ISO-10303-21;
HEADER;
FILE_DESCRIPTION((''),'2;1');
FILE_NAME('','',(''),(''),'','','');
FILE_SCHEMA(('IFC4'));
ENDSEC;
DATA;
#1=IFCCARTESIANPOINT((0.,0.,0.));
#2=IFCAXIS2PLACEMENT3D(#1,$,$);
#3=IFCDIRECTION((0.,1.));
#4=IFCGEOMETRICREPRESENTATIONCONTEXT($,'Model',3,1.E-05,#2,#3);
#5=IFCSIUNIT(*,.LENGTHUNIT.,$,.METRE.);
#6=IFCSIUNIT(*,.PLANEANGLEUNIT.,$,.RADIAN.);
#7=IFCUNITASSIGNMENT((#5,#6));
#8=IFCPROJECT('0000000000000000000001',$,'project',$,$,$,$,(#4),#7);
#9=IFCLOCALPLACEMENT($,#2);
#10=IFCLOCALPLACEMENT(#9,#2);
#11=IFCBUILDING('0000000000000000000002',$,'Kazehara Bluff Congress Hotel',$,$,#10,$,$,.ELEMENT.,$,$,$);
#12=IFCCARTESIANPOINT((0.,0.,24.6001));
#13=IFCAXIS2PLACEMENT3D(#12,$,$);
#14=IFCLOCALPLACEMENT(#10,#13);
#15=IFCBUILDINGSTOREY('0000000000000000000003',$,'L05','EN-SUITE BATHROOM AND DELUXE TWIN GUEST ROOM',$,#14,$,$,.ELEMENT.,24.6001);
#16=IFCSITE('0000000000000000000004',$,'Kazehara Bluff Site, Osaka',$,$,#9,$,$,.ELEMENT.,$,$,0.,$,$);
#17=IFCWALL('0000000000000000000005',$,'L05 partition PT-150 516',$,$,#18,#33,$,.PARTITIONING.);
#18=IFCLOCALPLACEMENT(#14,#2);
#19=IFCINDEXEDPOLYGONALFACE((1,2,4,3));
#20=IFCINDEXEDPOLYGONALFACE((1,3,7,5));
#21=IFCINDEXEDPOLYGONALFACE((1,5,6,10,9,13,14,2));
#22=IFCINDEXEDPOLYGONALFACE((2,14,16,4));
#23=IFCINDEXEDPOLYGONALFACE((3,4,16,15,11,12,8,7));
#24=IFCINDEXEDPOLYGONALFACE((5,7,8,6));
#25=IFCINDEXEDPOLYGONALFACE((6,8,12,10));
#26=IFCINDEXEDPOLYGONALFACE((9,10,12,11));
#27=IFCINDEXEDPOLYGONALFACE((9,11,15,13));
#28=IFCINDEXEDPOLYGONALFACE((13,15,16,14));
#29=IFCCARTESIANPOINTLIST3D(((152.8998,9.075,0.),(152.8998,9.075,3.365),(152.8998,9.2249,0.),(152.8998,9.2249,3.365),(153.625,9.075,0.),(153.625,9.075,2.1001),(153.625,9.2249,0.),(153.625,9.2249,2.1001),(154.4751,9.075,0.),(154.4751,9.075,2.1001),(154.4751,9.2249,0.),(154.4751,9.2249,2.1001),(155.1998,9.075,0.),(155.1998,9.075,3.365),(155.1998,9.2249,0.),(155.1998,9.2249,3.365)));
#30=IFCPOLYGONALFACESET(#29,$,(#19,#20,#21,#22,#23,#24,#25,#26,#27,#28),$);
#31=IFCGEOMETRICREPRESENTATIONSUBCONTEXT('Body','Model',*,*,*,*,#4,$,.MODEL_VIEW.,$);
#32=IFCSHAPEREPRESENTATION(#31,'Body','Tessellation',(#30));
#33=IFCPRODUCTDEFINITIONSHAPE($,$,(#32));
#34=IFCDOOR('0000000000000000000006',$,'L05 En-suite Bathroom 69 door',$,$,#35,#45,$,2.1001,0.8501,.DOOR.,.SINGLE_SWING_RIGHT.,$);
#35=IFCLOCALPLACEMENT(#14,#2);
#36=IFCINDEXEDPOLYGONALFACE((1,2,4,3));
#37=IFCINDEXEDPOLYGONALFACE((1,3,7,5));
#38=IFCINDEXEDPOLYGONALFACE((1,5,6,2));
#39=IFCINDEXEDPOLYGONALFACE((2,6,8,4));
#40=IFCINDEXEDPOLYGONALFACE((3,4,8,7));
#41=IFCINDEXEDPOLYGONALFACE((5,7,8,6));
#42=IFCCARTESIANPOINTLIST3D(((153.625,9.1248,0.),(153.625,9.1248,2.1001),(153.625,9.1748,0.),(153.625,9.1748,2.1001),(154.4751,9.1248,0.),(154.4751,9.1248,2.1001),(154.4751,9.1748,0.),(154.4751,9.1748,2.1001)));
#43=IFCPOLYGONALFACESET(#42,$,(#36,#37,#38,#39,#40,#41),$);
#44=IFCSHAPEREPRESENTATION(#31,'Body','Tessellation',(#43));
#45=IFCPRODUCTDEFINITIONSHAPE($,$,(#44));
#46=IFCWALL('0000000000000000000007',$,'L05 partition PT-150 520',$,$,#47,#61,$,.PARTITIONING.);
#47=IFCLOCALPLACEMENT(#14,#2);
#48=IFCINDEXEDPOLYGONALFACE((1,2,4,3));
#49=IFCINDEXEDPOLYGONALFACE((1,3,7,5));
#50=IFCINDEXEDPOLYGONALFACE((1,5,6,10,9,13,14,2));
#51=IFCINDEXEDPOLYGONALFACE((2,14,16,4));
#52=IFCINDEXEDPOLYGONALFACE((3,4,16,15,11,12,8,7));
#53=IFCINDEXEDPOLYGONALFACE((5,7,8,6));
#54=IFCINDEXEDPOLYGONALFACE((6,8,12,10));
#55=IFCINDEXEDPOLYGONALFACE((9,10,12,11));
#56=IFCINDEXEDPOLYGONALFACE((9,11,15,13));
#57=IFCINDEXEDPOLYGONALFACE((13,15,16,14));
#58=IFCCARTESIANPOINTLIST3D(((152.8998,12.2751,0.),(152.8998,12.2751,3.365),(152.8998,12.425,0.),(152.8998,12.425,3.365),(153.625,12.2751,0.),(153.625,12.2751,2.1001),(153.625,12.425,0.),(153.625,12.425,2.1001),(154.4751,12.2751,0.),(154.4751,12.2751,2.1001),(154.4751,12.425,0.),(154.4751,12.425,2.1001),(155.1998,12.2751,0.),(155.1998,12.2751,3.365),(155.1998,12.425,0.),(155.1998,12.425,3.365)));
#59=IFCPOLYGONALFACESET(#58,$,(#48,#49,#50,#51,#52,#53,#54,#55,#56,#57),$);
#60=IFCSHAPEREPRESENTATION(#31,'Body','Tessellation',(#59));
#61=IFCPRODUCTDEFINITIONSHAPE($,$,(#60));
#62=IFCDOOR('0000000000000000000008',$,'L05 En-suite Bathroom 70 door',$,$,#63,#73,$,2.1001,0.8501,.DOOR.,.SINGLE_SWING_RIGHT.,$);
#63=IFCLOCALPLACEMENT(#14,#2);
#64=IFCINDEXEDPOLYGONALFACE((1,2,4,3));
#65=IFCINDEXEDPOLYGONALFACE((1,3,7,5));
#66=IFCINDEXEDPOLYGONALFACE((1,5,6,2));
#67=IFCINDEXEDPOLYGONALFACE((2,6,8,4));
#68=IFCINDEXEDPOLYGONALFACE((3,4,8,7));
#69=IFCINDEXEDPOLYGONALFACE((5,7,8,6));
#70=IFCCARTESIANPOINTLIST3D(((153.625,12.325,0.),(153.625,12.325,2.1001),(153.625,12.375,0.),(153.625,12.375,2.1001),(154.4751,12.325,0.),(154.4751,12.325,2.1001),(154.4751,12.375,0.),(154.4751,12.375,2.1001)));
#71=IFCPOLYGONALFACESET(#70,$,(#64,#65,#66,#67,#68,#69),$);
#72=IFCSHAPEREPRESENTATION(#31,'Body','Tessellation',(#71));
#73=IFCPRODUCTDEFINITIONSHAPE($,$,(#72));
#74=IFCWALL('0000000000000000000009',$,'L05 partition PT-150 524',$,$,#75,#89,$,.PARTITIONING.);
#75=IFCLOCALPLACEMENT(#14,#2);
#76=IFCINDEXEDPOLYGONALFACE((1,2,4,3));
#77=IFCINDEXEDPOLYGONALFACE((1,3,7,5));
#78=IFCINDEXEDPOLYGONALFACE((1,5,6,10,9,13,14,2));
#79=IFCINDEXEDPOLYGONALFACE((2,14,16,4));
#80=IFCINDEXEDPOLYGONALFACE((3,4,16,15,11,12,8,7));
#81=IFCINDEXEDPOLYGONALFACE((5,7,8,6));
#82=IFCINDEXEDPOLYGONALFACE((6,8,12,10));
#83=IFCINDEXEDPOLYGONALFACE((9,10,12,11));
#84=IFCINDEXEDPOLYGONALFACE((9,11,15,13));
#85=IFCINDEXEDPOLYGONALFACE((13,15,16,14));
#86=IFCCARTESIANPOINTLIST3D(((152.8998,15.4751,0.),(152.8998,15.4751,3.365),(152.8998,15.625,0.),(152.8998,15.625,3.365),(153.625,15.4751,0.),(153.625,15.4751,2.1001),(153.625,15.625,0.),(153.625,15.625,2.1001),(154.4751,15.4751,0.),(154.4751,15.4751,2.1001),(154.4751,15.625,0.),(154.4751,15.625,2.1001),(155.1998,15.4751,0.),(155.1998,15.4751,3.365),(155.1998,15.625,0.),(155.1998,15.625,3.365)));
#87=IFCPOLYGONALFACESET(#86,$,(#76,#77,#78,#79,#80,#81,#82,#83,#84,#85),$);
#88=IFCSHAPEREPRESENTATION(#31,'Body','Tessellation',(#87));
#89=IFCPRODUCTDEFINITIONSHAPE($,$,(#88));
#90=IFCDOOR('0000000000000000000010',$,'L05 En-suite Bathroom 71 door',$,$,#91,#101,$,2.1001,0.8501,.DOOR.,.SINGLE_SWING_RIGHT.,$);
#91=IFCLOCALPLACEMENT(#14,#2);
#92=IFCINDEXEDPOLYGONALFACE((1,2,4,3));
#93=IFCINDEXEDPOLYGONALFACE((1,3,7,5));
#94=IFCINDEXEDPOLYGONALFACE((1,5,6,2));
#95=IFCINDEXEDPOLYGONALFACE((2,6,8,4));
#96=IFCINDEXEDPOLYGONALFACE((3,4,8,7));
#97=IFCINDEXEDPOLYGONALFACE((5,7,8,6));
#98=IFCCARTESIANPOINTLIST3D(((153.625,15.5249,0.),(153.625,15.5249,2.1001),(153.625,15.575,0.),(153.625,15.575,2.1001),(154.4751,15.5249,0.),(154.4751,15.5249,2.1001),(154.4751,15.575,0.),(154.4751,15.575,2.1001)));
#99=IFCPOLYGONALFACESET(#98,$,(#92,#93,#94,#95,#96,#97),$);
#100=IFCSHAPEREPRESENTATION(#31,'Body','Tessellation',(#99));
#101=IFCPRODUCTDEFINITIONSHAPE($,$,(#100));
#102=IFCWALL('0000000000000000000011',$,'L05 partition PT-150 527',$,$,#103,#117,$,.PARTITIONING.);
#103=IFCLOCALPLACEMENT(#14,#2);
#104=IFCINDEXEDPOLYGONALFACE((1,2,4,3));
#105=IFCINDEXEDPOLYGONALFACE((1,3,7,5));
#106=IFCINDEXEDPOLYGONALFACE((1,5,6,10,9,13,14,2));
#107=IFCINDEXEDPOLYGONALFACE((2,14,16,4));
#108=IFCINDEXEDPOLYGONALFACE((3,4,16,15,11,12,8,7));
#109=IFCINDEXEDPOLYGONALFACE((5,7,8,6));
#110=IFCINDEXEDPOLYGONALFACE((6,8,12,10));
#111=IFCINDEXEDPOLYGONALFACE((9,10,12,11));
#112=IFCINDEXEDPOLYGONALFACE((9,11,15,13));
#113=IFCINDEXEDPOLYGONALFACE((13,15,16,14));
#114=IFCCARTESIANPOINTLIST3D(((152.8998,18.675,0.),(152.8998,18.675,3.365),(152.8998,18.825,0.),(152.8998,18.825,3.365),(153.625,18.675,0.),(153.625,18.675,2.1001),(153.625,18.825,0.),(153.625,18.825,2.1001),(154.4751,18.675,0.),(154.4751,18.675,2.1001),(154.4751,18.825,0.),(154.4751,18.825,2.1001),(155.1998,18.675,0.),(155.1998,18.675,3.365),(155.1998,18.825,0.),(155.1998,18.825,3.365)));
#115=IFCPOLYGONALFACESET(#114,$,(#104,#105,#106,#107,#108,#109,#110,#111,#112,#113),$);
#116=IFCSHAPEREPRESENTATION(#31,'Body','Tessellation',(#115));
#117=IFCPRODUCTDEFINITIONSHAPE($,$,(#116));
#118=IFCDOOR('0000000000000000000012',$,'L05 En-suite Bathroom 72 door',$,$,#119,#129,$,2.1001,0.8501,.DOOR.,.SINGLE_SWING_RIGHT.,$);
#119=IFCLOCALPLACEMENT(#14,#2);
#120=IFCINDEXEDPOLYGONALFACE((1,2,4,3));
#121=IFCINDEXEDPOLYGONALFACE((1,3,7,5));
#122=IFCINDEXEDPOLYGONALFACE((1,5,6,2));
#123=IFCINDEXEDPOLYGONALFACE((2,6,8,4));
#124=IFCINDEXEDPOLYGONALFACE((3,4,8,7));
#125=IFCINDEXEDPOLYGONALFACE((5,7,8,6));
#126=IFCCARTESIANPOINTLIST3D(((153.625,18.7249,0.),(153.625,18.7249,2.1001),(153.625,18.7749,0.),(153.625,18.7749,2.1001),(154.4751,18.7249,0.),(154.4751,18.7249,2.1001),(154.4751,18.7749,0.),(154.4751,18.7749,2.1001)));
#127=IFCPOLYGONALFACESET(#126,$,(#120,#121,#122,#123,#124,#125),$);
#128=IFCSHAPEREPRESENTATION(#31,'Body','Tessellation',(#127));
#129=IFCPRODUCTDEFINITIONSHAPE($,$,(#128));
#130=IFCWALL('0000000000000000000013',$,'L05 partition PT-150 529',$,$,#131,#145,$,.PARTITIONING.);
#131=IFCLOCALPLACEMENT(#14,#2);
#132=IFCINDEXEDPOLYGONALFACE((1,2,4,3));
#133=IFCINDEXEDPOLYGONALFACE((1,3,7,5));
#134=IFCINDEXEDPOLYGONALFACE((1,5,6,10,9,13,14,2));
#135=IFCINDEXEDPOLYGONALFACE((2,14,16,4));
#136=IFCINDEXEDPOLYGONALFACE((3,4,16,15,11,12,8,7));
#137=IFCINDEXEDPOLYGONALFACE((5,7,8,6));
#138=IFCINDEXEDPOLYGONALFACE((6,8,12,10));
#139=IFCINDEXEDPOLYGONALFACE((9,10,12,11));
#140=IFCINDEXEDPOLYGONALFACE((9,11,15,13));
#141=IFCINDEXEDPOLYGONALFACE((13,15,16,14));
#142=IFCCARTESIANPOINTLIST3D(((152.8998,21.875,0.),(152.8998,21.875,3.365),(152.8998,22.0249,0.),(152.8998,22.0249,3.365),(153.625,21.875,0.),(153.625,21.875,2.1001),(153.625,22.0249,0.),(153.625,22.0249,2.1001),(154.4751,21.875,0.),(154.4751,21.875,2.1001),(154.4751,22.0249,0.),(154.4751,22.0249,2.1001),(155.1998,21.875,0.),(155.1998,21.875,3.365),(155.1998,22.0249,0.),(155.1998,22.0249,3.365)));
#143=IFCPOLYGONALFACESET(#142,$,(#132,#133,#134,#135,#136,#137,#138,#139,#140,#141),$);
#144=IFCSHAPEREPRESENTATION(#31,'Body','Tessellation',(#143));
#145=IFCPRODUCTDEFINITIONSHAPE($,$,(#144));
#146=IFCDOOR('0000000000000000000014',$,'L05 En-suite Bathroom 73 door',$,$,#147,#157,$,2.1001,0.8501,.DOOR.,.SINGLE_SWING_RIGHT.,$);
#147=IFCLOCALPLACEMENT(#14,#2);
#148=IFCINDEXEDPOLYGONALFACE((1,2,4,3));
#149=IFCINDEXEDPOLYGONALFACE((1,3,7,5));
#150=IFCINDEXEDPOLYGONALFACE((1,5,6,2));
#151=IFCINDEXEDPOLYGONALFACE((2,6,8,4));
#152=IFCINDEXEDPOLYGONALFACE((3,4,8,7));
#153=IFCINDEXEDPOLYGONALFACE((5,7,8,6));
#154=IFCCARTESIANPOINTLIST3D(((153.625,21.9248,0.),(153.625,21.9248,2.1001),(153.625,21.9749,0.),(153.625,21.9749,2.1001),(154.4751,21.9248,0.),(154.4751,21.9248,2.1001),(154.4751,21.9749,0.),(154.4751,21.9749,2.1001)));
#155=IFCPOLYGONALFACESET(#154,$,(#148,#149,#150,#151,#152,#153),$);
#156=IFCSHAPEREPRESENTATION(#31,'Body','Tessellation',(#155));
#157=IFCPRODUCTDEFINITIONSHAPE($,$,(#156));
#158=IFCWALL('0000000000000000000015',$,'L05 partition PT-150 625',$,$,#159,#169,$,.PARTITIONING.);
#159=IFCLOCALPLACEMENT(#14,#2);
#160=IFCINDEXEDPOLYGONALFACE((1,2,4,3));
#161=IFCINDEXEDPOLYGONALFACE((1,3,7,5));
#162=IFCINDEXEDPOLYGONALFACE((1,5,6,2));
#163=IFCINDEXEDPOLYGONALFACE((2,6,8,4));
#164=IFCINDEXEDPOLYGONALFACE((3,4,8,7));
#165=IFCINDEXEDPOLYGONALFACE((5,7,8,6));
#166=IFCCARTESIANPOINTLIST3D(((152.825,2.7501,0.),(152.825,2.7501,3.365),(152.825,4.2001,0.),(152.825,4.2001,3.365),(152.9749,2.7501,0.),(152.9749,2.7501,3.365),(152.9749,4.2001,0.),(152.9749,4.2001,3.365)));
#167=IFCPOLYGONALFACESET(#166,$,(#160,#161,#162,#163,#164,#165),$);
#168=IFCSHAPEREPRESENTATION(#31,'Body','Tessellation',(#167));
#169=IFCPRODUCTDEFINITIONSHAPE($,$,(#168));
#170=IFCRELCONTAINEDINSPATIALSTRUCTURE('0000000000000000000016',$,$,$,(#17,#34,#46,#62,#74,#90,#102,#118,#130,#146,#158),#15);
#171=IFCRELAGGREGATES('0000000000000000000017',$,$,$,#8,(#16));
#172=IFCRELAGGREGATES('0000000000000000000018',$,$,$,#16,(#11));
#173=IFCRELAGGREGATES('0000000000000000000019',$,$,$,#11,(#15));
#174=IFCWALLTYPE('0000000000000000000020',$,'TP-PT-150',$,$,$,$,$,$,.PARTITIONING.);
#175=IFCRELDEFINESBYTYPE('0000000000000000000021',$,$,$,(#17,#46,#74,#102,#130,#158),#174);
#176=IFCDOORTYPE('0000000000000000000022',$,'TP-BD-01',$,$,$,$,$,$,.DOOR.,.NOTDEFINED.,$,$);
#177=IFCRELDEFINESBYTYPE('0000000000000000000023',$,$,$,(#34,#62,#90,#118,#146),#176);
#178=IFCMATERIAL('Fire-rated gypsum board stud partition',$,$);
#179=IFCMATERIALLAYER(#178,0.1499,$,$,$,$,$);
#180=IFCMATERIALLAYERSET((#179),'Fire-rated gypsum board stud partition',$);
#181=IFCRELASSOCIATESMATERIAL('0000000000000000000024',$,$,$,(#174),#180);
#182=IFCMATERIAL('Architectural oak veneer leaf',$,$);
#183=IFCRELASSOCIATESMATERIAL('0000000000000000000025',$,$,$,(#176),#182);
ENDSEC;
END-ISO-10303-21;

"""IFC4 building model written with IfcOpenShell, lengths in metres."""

from ifc_helpers import new_model, si_unit, direction, frame, frame_2d, origin, place, context, subcontext, project, spatial, rectangle, extrude, material, layer, layer_set, type_object, element, fill, save


model = new_model("IFC4")

# Units and contexts
model_context = context("Model", 3, precision=1e-05, world=origin(), true_north=direction((0.0, 1.0)))
body_context = subcontext(model_context, "Body", "Model", "MODEL_VIEW")
ifc_project = project(units=[si_unit("LENGTHUNIT", "METRE"), si_unit("PLANEANGLEUNIT", "RADIAN")], contexts=[model_context])

# Site, building, storey
site_placement = place(None, origin())
site = spatial("IfcSite", under=ifc_project, at=site_placement, Name="Kazehara Bluff Site, Osaka", CompositionType="ELEMENT", RefElevation=0.0)
building_placement = place(site_placement, origin())
building = spatial("IfcBuilding", under=site, at=building_placement, Name="Kazehara Bluff Congress Hotel", CompositionType="ELEMENT")
storey_placement = place(building_placement, frame((0.0, 0.0, 24.6001)))
storey = spatial("IfcBuildingStorey", under=building, at=storey_placement, Name="L05", Description="EN-SUITE BATHROOM AND DELUXE TWIN GUEST ROOM", CompositionType="ELEMENT", Elevation=24.6001)

# Walls, openings, doors
ifc_material_1 = material(Name="Fire-rated gypsum board stud partition")
ifc_layer_1 = layer(ifc_material_1, 0.1499)
ifc_layer_set_1 = layer_set([ifc_layer_1], Name="Fire-rated gypsum board stud partition")
wall_type = type_object("IfcWallType", Name="TP-PT-150", PredefinedType="PARTITIONING", material=ifc_layer_set_1)
ifc_material_2 = material(Name="Architectural oak veneer leaf")
door_type = type_object("IfcDoorType", Name="TP-BD-01", OperationType="NOTDEFINED", PredefinedType="DOOR", material=ifc_material_2)
wall_1_placement = place(storey_placement, frame((152.8999, 9.1499, 0.0), z_axis=(0.0, 0.0, 1.0), x_axis=(1.0, 0.0, 0.0)))
wall_1 = element("IfcWall", 1, at=wall_1_placement, inside=storey, type_object=wall_type, Name="L05 partition PT-150 516", PredefinedType="PARTITIONING", context=body_context, shape_type="SweptSolid", body=[
    extrude(rectangle(XDim=2.3, YDim=0.1499, at=frame_2d((1.1499, 0.0))), origin(), (0.0, 0.0, 1.0), 3.365),
])
opening_1_placement = place(wall_1_placement, frame((0.7251, 0.0, 0.0)))
opening_1 = element("IfcOpeningElement", 2, at=opening_1_placement, cuts=wall_1, PredefinedType="OPENING", context=body_context, shape_type="SweptSolid", body=[
    extrude(rectangle(XDim=0.8501, YDim=2.1001, at=frame_2d((0.425, 1.05))), frame((0.0, 0.085, 0.0), z_axis=(0.0, -1.0, 0.0), x_axis=(1.0, 0.0, 0.0)), (0.0, 0.0, 1.0), 0.1699),
])
door_1_placement = place(opening_1_placement, origin())
door_1 = element("IfcDoor", 3, at=door_1_placement, inside=storey, type_object=door_type, Name="L05 En-suite Bathroom 69 door", OperationType="SINGLE_SWING_RIGHT", OverallHeight=2.1001, OverallWidth=0.8501, PredefinedType="DOOR", context=body_context, shape_type="SweptSolid", body=[
    extrude(rectangle(XDim=0.8501, YDim=2.1001, at=frame_2d((0.425, 1.05))), frame((0.0, 0.0249, 0.0), z_axis=(0.0, -1.0, 0.0), x_axis=(1.0, 0.0, 0.0)), (0.0, 0.0, 1.0), 0.05),
])
fill(opening_1, door_1)
wall_2_placement = place(storey_placement, frame((152.8999, 12.3501, 0.0), z_axis=(0.0, 0.0, 1.0), x_axis=(1.0, 0.0, 0.0)))
wall_2 = element("IfcWall", 4, at=wall_2_placement, inside=storey, type_object=wall_type, Name="L05 partition PT-150 520", PredefinedType="PARTITIONING", context=body_context, shape_type="SweptSolid", body=[
    extrude(rectangle(XDim=2.3, YDim=0.1499, at=frame_2d((1.1499, 0.0))), origin(), (0.0, 0.0, 1.0), 3.365),
])
opening_2_placement = place(wall_2_placement, frame((0.7251, 0.0, 0.0)))
opening_2 = element("IfcOpeningElement", 5, at=opening_2_placement, cuts=wall_2, PredefinedType="OPENING", context=body_context, shape_type="SweptSolid", body=[
    extrude(rectangle(XDim=0.8501, YDim=2.1001, at=frame_2d((0.425, 1.05))), frame((0.0, 0.085, 0.0), z_axis=(0.0, -1.0, 0.0), x_axis=(1.0, 0.0, 0.0)), (0.0, 0.0, 1.0), 0.1699),
])
door_2_placement = place(opening_2_placement, origin())
door_2 = element("IfcDoor", 6, at=door_2_placement, inside=storey, type_object=door_type, Name="L05 En-suite Bathroom 70 door", OperationType="SINGLE_SWING_RIGHT", OverallHeight=2.1001, OverallWidth=0.8501, PredefinedType="DOOR", context=body_context, shape_type="SweptSolid", body=[
    extrude(rectangle(XDim=0.8501, YDim=2.1001, at=frame_2d((0.425, 1.05))), frame((0.0, 0.0249, 0.0), z_axis=(0.0, -1.0, 0.0), x_axis=(1.0, 0.0, 0.0)), (0.0, 0.0, 1.0), 0.05),
])
fill(opening_2, door_2)
wall_3_placement = place(storey_placement, frame((152.8999, 15.55, 0.0), z_axis=(0.0, 0.0, 1.0), x_axis=(1.0, 0.0, 0.0)))
wall_3 = element("IfcWall", 7, at=wall_3_placement, inside=storey, type_object=wall_type, Name="L05 partition PT-150 524", PredefinedType="PARTITIONING", context=body_context, shape_type="SweptSolid", body=[
    extrude(rectangle(XDim=2.3, YDim=0.1499, at=frame_2d((1.1499, 0.0))), origin(), (0.0, 0.0, 1.0), 3.365),
])
opening_3_placement = place(wall_3_placement, frame((0.7251, 0.0, 0.0)))
opening_3 = element("IfcOpeningElement", 8, at=opening_3_placement, cuts=wall_3, PredefinedType="OPENING", context=body_context, shape_type="SweptSolid", body=[
    extrude(rectangle(XDim=0.8501, YDim=2.1001, at=frame_2d((0.425, 1.05))), frame((0.0, 0.085, 0.0), z_axis=(0.0, -1.0, 0.0), x_axis=(1.0, 0.0, 0.0)), (0.0, 0.0, 1.0), 0.1699),
])
door_3_placement = place(opening_3_placement, origin())
door_3 = element("IfcDoor", 9, at=door_3_placement, inside=storey, type_object=door_type, Name="L05 En-suite Bathroom 71 door", OperationType="SINGLE_SWING_RIGHT", OverallHeight=2.1001, OverallWidth=0.8501, PredefinedType="DOOR", context=body_context, shape_type="SweptSolid", body=[
    extrude(rectangle(XDim=0.8501, YDim=2.1001, at=frame_2d((0.425, 1.05))), frame((0.0, 0.0249, 0.0), z_axis=(0.0, -1.0, 0.0), x_axis=(1.0, 0.0, 0.0)), (0.0, 0.0, 1.0), 0.05),
])
fill(opening_3, door_3)
wall_4_placement = place(storey_placement, frame((152.8999, 18.75, 0.0), z_axis=(0.0, 0.0, 1.0), x_axis=(1.0, 0.0, 0.0)))
wall_4 = element("IfcWall", 10, at=wall_4_placement, inside=storey, type_object=wall_type, Name="L05 partition PT-150 527", PredefinedType="PARTITIONING", context=body_context, shape_type="SweptSolid", body=[
    extrude(rectangle(XDim=2.3, YDim=0.1499, at=frame_2d((1.1499, 0.0))), origin(), (0.0, 0.0, 1.0), 3.365),
])
opening_4_placement = place(wall_4_placement, frame((0.7251, 0.0, 0.0)))
opening_4 = element("IfcOpeningElement", 11, at=opening_4_placement, cuts=wall_4, PredefinedType="OPENING", context=body_context, shape_type="SweptSolid", body=[
    extrude(rectangle(XDim=0.8501, YDim=2.1001, at=frame_2d((0.425, 1.05))), frame((0.0, 0.085, 0.0), z_axis=(0.0, -1.0, 0.0), x_axis=(1.0, 0.0, 0.0)), (0.0, 0.0, 1.0), 0.1699),
])
door_4_placement = place(opening_4_placement, origin())
door_4 = element("IfcDoor", 12, at=door_4_placement, inside=storey, type_object=door_type, Name="L05 En-suite Bathroom 72 door", OperationType="SINGLE_SWING_RIGHT", OverallHeight=2.1001, OverallWidth=0.8501, PredefinedType="DOOR", context=body_context, shape_type="SweptSolid", body=[
    extrude(rectangle(XDim=0.8501, YDim=2.1001, at=frame_2d((0.425, 1.05))), frame((0.0, 0.0249, 0.0), z_axis=(0.0, -1.0, 0.0), x_axis=(1.0, 0.0, 0.0)), (0.0, 0.0, 1.0), 0.05),
])
fill(opening_4, door_4)
wall_5_placement = place(storey_placement, frame((152.8999, 21.95, 0.0), z_axis=(0.0, 0.0, 1.0), x_axis=(1.0, 0.0, 0.0)))
wall_5 = element("IfcWall", 13, at=wall_5_placement, inside=storey, type_object=wall_type, Name="L05 partition PT-150 529", PredefinedType="PARTITIONING", context=body_context, shape_type="SweptSolid", body=[
    extrude(rectangle(XDim=2.3, YDim=0.1499, at=frame_2d((1.1499, 0.0))), origin(), (0.0, 0.0, 1.0), 3.365),
])
opening_5_placement = place(wall_5_placement, frame((0.7251, 0.0, 0.0)))
opening_5 = element("IfcOpeningElement", 14, at=opening_5_placement, cuts=wall_5, PredefinedType="OPENING", context=body_context, shape_type="SweptSolid", body=[
    extrude(rectangle(XDim=0.8501, YDim=2.1001, at=frame_2d((0.425, 1.05))), frame((0.0, 0.085, 0.0), z_axis=(0.0, -1.0, 0.0), x_axis=(1.0, 0.0, 0.0)), (0.0, 0.0, 1.0), 0.1699),
])
door_5_placement = place(opening_5_placement, origin())
door_5 = element("IfcDoor", 15, at=door_5_placement, inside=storey, type_object=door_type, Name="L05 En-suite Bathroom 73 door", OperationType="SINGLE_SWING_RIGHT", OverallHeight=2.1001, OverallWidth=0.8501, PredefinedType="DOOR", context=body_context, shape_type="SweptSolid", body=[
    extrude(rectangle(XDim=0.8501, YDim=2.1001, at=frame_2d((0.425, 1.05))), frame((0.0, 0.0249, 0.0), z_axis=(0.0, -1.0, 0.0), x_axis=(1.0, 0.0, 0.0)), (0.0, 0.0, 1.0), 0.05),
])
fill(opening_5, door_5)

# Wall
for number, where, z_axis, x_axis, name in (
    (16, (152.8999, 2.75, 0.0), (0.0, 0.0, 1.0), (0.0, 1.0, 0.0), "L05 partition PT-150 625"),
):
    element("IfcWall", number, at=place(storey_placement, frame(where, z_axis=z_axis, x_axis=x_axis)), inside=storey, type_object=wall_type, Name=name, PredefinedType="PARTITIONING", context=body_context, shape_type="SweptSolid", body=[
        extrude(rectangle(XDim=1.45, YDim=0.1499, at=frame_2d((0.7251, 0.0))), origin(), (0.0, 0.0, 1.0), 3.365),
    ])

save(model, "model.ifc")
